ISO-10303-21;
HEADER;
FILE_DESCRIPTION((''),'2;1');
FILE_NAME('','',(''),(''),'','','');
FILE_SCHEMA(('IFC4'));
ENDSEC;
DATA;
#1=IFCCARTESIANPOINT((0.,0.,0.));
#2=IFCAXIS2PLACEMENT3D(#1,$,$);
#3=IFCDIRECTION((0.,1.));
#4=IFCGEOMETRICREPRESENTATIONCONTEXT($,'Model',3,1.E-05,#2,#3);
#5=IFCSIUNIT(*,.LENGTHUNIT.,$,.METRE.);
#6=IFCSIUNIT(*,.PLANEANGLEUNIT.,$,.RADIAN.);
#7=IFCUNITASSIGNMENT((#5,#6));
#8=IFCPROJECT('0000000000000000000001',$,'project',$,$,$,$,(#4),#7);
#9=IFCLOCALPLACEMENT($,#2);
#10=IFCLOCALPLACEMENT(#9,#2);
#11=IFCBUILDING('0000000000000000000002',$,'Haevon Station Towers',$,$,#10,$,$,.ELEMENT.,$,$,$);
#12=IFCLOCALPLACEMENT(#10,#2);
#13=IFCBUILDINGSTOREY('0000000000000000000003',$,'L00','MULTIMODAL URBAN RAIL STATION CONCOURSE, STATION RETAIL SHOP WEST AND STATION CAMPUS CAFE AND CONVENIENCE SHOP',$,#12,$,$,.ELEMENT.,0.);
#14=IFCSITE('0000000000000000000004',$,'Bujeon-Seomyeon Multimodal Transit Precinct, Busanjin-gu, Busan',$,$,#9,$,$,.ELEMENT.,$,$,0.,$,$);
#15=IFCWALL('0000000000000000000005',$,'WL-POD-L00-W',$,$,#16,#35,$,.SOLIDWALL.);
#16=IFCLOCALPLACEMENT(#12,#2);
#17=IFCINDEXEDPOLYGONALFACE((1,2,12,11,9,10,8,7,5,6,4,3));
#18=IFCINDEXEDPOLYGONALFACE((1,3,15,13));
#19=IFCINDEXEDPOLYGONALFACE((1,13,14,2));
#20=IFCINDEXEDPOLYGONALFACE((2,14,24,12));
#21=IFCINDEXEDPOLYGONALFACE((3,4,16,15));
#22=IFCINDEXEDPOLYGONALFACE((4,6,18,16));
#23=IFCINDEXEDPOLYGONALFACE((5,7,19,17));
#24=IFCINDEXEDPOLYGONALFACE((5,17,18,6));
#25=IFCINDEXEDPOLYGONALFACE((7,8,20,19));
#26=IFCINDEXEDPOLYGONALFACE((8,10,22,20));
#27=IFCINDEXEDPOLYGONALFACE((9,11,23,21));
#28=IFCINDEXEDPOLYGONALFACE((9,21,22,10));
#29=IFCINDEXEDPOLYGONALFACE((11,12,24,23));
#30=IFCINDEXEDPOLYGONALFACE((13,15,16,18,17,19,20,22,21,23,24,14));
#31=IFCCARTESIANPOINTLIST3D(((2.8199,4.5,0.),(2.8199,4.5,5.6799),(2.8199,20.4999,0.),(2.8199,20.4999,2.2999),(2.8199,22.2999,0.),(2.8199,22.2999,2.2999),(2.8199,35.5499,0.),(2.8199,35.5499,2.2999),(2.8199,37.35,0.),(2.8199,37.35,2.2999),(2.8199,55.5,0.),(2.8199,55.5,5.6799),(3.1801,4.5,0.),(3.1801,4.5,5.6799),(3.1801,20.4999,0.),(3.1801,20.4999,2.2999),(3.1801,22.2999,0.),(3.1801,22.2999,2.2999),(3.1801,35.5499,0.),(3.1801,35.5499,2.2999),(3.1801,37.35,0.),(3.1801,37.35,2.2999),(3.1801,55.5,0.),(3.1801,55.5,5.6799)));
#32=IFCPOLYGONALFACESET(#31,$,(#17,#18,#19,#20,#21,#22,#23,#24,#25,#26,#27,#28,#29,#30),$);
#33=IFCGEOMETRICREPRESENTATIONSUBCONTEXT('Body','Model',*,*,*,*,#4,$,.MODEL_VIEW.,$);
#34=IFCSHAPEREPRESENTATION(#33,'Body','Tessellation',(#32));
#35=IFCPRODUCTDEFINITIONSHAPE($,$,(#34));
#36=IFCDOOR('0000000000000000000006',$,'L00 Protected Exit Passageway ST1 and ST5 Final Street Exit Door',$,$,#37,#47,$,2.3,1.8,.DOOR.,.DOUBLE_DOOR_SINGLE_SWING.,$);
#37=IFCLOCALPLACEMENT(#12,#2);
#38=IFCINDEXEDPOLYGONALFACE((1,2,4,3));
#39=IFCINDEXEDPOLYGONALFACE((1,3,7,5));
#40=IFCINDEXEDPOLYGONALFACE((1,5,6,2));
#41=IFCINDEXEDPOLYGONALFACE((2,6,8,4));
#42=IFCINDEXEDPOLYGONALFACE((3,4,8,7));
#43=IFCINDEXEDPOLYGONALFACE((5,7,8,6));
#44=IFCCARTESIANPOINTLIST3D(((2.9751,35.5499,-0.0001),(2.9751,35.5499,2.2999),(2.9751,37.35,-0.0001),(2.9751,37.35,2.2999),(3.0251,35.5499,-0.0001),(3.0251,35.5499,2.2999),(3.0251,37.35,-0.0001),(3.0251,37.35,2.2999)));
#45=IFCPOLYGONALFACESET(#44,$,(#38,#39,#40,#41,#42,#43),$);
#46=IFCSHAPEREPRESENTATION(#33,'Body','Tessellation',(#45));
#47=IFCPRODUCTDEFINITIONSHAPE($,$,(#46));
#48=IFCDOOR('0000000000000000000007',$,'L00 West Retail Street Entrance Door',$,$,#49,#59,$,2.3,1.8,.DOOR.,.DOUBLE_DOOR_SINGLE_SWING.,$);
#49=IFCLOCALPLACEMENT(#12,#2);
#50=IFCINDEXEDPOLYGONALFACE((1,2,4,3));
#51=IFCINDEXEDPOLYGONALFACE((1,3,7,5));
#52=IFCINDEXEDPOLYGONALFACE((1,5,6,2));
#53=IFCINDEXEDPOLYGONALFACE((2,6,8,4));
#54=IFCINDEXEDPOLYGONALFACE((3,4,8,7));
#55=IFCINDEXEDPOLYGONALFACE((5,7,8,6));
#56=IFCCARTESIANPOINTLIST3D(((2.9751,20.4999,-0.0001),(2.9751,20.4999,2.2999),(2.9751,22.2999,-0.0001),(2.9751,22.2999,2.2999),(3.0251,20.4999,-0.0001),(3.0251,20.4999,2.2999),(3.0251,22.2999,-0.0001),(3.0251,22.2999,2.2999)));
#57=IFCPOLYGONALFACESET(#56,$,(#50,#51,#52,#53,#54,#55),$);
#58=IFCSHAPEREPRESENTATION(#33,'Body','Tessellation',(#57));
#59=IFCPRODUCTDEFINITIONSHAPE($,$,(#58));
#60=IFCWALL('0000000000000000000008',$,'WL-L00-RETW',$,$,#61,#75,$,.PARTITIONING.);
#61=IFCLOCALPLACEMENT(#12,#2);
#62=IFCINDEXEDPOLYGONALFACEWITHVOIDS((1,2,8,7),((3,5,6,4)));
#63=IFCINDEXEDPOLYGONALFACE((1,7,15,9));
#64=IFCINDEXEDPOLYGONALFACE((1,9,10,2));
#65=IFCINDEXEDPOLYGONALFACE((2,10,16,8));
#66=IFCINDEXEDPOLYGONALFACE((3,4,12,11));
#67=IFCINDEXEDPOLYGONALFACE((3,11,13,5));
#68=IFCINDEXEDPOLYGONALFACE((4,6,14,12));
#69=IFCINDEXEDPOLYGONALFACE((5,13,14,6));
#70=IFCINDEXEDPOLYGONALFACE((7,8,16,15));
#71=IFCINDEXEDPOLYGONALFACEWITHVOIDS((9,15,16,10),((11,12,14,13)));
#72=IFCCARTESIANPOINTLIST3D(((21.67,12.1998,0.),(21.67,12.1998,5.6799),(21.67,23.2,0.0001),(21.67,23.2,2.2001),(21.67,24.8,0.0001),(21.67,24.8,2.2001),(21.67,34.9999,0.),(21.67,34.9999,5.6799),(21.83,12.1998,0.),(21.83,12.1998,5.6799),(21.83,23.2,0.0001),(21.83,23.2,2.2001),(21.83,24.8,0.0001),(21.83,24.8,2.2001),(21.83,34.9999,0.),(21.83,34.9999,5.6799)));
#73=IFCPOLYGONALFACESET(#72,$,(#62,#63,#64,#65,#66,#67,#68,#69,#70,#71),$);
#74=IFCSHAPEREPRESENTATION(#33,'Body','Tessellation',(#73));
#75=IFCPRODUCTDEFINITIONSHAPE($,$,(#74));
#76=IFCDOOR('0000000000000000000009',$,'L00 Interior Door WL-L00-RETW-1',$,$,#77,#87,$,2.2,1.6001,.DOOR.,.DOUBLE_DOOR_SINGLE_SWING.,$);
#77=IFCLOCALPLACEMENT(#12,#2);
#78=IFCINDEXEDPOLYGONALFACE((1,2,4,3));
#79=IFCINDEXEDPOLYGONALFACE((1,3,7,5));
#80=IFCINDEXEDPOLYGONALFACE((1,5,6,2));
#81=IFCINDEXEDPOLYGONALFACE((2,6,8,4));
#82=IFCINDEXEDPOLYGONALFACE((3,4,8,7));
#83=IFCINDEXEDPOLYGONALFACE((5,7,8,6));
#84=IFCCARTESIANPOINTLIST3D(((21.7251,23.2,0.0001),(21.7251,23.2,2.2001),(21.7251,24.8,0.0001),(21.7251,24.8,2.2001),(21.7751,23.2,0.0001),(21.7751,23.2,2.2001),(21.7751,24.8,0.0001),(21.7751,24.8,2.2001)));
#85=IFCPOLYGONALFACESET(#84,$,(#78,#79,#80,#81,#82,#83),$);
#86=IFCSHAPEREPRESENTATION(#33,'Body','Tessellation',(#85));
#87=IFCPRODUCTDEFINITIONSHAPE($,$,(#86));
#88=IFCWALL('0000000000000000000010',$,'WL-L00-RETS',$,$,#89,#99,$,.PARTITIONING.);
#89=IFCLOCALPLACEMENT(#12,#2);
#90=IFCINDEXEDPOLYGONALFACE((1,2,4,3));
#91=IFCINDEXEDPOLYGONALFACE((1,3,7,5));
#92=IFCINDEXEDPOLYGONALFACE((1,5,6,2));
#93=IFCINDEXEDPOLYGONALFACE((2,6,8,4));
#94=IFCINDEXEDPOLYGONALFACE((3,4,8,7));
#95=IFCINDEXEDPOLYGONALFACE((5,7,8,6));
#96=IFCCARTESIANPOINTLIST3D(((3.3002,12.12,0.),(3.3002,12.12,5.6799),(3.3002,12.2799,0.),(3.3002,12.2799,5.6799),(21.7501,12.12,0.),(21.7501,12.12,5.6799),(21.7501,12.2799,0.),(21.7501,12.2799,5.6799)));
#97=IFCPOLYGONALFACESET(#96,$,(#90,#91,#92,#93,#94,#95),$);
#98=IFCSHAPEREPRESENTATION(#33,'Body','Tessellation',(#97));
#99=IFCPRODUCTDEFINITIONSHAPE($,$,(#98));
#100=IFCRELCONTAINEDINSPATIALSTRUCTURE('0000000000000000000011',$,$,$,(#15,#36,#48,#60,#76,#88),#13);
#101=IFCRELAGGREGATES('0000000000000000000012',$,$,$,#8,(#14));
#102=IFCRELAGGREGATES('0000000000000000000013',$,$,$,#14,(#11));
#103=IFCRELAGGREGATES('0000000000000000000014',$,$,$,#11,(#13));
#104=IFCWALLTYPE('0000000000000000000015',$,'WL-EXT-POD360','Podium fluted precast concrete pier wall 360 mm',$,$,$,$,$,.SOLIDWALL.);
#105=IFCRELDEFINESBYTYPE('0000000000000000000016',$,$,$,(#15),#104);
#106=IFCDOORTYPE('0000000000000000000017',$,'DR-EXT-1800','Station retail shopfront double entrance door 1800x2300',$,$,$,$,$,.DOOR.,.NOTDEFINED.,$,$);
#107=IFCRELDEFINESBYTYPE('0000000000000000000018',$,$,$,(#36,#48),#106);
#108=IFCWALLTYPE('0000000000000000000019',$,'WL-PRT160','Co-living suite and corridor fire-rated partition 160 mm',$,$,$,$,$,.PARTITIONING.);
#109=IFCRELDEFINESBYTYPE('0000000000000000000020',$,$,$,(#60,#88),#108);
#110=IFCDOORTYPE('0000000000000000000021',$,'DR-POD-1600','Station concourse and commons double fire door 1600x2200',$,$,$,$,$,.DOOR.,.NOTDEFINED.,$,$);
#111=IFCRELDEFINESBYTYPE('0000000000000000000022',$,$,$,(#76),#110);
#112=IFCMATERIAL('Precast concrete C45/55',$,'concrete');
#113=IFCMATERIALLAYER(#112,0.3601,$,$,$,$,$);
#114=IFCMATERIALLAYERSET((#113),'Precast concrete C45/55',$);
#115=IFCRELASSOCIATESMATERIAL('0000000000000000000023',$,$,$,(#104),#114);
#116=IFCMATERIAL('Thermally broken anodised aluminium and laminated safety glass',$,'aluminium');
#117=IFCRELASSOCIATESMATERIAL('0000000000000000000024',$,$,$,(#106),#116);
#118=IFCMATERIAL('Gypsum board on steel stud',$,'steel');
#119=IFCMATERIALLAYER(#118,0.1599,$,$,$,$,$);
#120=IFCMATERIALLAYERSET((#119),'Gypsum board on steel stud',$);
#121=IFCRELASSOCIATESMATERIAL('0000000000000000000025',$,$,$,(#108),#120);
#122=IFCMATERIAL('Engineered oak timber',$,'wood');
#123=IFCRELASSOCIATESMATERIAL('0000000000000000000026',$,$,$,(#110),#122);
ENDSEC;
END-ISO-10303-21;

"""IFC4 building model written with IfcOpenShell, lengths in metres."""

from ifc_helpers import new_model, si_unit, direction, frame, frame_2d, origin, place, context, subcontext, project, spatial, rectangle, extrude, material, layer, layer_set, type_object, element, fill, save


model = new_model("IFC4")

# Units and contexts
model_context = context("Model", 3, precision=1e-05, world=origin(), true_north=direction((0.0, 1.0)))
body_context = subcontext(model_context, "Body", "Model", "MODEL_VIEW")
ifc_project = project(units=[si_unit("LENGTHUNIT", "METRE"), si_unit("PLANEANGLEUNIT", "RADIAN")], contexts=[model_context])

# Site, building, storey
site_placement = place(None, origin())
site = spatial("IfcSite", under=ifc_project, at=site_placement, Name="Bujeon-Seomyeon Multimodal Transit Precinct, Busanjin-gu, Busan", CompositionType="ELEMENT", RefElevation=0.0)
building_placement = place(site_placement, origin())
building = spatial("IfcBuilding", under=site, at=building_placement, Name="Haevon Station Towers", CompositionType="ELEMENT")
storey_placement = place(building_placement, origin())
storey = spatial("IfcBuildingStorey", under=building, at=storey_placement, Name="L00", Description="MULTIMODAL URBAN RAIL STATION CONCOURSE, STATION RETAIL SHOP WEST AND STATION CAMPUS CAFE AND CONVENIENCE SHOP", CompositionType="ELEMENT", Elevation=0.0)

# Wall, openings, doors
ifc_material_1 = material(Name="Precast concrete C45/55", Category="concrete")
ifc_layer_1 = layer(ifc_material_1, 0.3601)
ifc_layer_set_1 = layer_set([ifc_layer_1], Name="Precast concrete C45/55")
wall_type_1 = type_object("IfcWallType", Name="WL-EXT-POD360", Description="Podium fluted precast concrete pier wall 360 mm", PredefinedType="SOLIDWALL", material=ifc_layer_set_1)
wall_1_placement = place(storey_placement, frame((3.0, 4.5, 0.0), z_axis=(0.0, 0.0, 1.0), x_axis=(0.0, 1.0, 0.0)))
wall_1 = element("IfcWall", 1, at=wall_1_placement, inside=storey, type_object=wall_type_1, Name="WL-POD-L00-W", PredefinedType="SOLIDWALL", context=body_context, shape_type="SweptSolid", body=[
    extrude(rectangle(XDim=51.0, YDim=0.3601, at=frame_2d((25.5, 0.0))), origin(), (0.0, 0.0, 1.0), 5.6799),
])
opening_1_placement = place(wall_1_placement, frame((31.05, 0.0, 0.0)))
opening_1 = element("IfcOpeningElement", 2, at=opening_1_placement, cuts=wall_1, PredefinedType="OPENING", context=body_context, shape_type="SweptSolid", body=[
    extrude(rectangle(XDim=1.8, YDim=2.3, at=frame_2d((0.8999, 1.1499))), frame((0.0, 0.1899, 0.0), z_axis=(0.0, -1.0, 0.0), x_axis=(1.0, 0.0, 0.0)), (0.0, 0.0, 1.0), 0.3801),
])
opening_2_placement = place(wall_1_placement, frame((16.0, 0.0, 0.0)))
opening_2 = element("IfcOpeningElement", 3, at=opening_2_placement, cuts=wall_1, PredefinedType="OPENING", context=body_context, shape_type="SweptSolid", body=[
    extrude(rectangle(XDim=1.8, YDim=2.3, at=frame_2d((0.8999, 1.1499))), frame((0.0, 0.1899, 0.0), z_axis=(0.0, -1.0, 0.0), x_axis=(1.0, 0.0, 0.0)), (0.0, 0.0, 1.0), 0.3801),
])
ifc_material_2 = material(Name="Thermally broken anodised aluminium and laminated safety glass", Category="aluminium")
door_type_1 = type_object("IfcDoorType", Name="DR-EXT-1800", Description="Station retail shopfront double entrance door 1800x2300", OperationType="NOTDEFINED", PredefinedType="DOOR", material=ifc_material_2)
door_1_placement = place(opening_1_placement, origin())
door_1 = element("IfcDoor", 4, at=door_1_placement, inside=storey, type_object=door_type_1, Name="L00 Protected Exit Passageway ST1 and ST5 Final Street Exit Door", OperationType="DOUBLE_DOOR_SINGLE_SWING", OverallHeight=2.3, OverallWidth=1.8, PredefinedType="DOOR", context=body_context, shape_type="SweptSolid", body=[
    extrude(rectangle(XDim=1.8, YDim=2.3, at=frame_2d((0.8999, 1.1499))), frame((0.0, 0.0249, 0.0), z_axis=(0.0, -1.0, 0.0), x_axis=(1.0, 0.0, 0.0)), (0.0, 0.0, 1.0), 0.05),
])
fill(opening_1, door_1)
door_2_placement = place(opening_2_placement, origin())
door_2 = element("IfcDoor", 5, at=door_2_placement, inside=storey, type_object=door_type_1, Name="L00 West Retail Street Entrance Door", OperationType="DOUBLE_DOOR_SINGLE_SWING", OverallHeight=2.3, OverallWidth=1.8, PredefinedType="DOOR", context=body_context, shape_type="SweptSolid", body=[
    extrude(rectangle(XDim=1.8, YDim=2.3, at=frame_2d((0.8999, 1.1499))), frame((0.0, 0.0249, 0.0), z_axis=(0.0, -1.0, 0.0), x_axis=(1.0, 0.0, 0.0)), (0.0, 0.0, 1.0), 0.05),
])
fill(opening_2, door_2)

# Wall, opening, door
ifc_material_3 = material(Name="Gypsum board on steel stud", Category="steel")
ifc_layer_2 = layer(ifc_material_3, 0.1599)
ifc_layer_set_2 = layer_set([ifc_layer_2], Name="Gypsum board on steel stud")
wall_type_2 = type_object("IfcWallType", Name="WL-PRT160", Description="Co-living suite and corridor fire-rated partition 160 mm", PredefinedType="PARTITIONING", material=ifc_layer_set_2)
wall_2_placement = place(storey_placement, frame((21.75, 12.2, 0.0), z_axis=(0.0, 0.0, 1.0), x_axis=(0.0, 1.0, 0.0)))
wall_2 = element("IfcWall", 6, at=wall_2_placement, inside=storey, type_object=wall_type_2, Name="WL-L00-RETW", PredefinedType="PARTITIONING", context=body_context, shape_type="SweptSolid", body=[
    extrude(rectangle(XDim=22.8, YDim=0.1599, at=frame_2d((11.3999, 0.0))), origin(), (0.0, 0.0, 1.0), 5.6799),
])
opening_3_placement = place(wall_2_placement, frame((11.0, 0.0, 0.0)))
opening_3 = element("IfcOpeningElement", 7, at=opening_3_placement, cuts=wall_2, PredefinedType="OPENING", context=body_context, shape_type="SweptSolid", body=[
    extrude(rectangle(XDim=1.6001, YDim=2.2, at=frame_2d((0.8, 1.1001))), frame((0.0, 0.0898, 0.0), z_axis=(0.0, -1.0, 0.0), x_axis=(1.0, 0.0, 0.0)), (0.0, 0.0, 1.0), 0.1799),
])
ifc_material_4 = material(Name="Engineered oak timber", Category="wood")
door_type_2 = type_object("IfcDoorType", Name="DR-POD-1600", Description="Station concourse and commons double fire door 1600x2200", OperationType="NOTDEFINED", PredefinedType="DOOR", material=ifc_material_4)
door_3_placement = place(opening_3_placement, origin())
door_3 = element("IfcDoor", 8, at=door_3_placement, inside=storey, type_object=door_type_2, Name="L00 Interior Door WL-L00-RETW-1", OperationType="DOUBLE_DOOR_SINGLE_SWING", OverallHeight=2.2, OverallWidth=1.6001, PredefinedType="DOOR", context=body_context, shape_type="SweptSolid", body=[
    extrude(rectangle(XDim=1.6001, YDim=2.2, at=frame_2d((0.8, 1.1001))), frame((0.0, 0.0249, 0.0), z_axis=(0.0, -1.0, 0.0), x_axis=(1.0, 0.0, 0.0)), (0.0, 0.0, 1.0), 0.05),
])
fill(opening_3, door_3)

# Wall
wall_3_placement = place(storey_placement, frame((3.3, 12.2, 0.0), z_axis=(0.0, 0.0, 1.0), x_axis=(1.0, 0.0, 0.0)))
element("IfcWall", 9, at=wall_3_placement, inside=storey, type_object=wall_type_2, Name="WL-L00-RETS", PredefinedType="PARTITIONING", context=body_context, shape_type="SweptSolid", body=[
    extrude(rectangle(XDim=18.45, YDim=0.1599, at=frame_2d((9.2251, 0.0))), origin(), (0.0, 0.0, 1.0), 5.6799),
])

save(model, "model.ifc")
